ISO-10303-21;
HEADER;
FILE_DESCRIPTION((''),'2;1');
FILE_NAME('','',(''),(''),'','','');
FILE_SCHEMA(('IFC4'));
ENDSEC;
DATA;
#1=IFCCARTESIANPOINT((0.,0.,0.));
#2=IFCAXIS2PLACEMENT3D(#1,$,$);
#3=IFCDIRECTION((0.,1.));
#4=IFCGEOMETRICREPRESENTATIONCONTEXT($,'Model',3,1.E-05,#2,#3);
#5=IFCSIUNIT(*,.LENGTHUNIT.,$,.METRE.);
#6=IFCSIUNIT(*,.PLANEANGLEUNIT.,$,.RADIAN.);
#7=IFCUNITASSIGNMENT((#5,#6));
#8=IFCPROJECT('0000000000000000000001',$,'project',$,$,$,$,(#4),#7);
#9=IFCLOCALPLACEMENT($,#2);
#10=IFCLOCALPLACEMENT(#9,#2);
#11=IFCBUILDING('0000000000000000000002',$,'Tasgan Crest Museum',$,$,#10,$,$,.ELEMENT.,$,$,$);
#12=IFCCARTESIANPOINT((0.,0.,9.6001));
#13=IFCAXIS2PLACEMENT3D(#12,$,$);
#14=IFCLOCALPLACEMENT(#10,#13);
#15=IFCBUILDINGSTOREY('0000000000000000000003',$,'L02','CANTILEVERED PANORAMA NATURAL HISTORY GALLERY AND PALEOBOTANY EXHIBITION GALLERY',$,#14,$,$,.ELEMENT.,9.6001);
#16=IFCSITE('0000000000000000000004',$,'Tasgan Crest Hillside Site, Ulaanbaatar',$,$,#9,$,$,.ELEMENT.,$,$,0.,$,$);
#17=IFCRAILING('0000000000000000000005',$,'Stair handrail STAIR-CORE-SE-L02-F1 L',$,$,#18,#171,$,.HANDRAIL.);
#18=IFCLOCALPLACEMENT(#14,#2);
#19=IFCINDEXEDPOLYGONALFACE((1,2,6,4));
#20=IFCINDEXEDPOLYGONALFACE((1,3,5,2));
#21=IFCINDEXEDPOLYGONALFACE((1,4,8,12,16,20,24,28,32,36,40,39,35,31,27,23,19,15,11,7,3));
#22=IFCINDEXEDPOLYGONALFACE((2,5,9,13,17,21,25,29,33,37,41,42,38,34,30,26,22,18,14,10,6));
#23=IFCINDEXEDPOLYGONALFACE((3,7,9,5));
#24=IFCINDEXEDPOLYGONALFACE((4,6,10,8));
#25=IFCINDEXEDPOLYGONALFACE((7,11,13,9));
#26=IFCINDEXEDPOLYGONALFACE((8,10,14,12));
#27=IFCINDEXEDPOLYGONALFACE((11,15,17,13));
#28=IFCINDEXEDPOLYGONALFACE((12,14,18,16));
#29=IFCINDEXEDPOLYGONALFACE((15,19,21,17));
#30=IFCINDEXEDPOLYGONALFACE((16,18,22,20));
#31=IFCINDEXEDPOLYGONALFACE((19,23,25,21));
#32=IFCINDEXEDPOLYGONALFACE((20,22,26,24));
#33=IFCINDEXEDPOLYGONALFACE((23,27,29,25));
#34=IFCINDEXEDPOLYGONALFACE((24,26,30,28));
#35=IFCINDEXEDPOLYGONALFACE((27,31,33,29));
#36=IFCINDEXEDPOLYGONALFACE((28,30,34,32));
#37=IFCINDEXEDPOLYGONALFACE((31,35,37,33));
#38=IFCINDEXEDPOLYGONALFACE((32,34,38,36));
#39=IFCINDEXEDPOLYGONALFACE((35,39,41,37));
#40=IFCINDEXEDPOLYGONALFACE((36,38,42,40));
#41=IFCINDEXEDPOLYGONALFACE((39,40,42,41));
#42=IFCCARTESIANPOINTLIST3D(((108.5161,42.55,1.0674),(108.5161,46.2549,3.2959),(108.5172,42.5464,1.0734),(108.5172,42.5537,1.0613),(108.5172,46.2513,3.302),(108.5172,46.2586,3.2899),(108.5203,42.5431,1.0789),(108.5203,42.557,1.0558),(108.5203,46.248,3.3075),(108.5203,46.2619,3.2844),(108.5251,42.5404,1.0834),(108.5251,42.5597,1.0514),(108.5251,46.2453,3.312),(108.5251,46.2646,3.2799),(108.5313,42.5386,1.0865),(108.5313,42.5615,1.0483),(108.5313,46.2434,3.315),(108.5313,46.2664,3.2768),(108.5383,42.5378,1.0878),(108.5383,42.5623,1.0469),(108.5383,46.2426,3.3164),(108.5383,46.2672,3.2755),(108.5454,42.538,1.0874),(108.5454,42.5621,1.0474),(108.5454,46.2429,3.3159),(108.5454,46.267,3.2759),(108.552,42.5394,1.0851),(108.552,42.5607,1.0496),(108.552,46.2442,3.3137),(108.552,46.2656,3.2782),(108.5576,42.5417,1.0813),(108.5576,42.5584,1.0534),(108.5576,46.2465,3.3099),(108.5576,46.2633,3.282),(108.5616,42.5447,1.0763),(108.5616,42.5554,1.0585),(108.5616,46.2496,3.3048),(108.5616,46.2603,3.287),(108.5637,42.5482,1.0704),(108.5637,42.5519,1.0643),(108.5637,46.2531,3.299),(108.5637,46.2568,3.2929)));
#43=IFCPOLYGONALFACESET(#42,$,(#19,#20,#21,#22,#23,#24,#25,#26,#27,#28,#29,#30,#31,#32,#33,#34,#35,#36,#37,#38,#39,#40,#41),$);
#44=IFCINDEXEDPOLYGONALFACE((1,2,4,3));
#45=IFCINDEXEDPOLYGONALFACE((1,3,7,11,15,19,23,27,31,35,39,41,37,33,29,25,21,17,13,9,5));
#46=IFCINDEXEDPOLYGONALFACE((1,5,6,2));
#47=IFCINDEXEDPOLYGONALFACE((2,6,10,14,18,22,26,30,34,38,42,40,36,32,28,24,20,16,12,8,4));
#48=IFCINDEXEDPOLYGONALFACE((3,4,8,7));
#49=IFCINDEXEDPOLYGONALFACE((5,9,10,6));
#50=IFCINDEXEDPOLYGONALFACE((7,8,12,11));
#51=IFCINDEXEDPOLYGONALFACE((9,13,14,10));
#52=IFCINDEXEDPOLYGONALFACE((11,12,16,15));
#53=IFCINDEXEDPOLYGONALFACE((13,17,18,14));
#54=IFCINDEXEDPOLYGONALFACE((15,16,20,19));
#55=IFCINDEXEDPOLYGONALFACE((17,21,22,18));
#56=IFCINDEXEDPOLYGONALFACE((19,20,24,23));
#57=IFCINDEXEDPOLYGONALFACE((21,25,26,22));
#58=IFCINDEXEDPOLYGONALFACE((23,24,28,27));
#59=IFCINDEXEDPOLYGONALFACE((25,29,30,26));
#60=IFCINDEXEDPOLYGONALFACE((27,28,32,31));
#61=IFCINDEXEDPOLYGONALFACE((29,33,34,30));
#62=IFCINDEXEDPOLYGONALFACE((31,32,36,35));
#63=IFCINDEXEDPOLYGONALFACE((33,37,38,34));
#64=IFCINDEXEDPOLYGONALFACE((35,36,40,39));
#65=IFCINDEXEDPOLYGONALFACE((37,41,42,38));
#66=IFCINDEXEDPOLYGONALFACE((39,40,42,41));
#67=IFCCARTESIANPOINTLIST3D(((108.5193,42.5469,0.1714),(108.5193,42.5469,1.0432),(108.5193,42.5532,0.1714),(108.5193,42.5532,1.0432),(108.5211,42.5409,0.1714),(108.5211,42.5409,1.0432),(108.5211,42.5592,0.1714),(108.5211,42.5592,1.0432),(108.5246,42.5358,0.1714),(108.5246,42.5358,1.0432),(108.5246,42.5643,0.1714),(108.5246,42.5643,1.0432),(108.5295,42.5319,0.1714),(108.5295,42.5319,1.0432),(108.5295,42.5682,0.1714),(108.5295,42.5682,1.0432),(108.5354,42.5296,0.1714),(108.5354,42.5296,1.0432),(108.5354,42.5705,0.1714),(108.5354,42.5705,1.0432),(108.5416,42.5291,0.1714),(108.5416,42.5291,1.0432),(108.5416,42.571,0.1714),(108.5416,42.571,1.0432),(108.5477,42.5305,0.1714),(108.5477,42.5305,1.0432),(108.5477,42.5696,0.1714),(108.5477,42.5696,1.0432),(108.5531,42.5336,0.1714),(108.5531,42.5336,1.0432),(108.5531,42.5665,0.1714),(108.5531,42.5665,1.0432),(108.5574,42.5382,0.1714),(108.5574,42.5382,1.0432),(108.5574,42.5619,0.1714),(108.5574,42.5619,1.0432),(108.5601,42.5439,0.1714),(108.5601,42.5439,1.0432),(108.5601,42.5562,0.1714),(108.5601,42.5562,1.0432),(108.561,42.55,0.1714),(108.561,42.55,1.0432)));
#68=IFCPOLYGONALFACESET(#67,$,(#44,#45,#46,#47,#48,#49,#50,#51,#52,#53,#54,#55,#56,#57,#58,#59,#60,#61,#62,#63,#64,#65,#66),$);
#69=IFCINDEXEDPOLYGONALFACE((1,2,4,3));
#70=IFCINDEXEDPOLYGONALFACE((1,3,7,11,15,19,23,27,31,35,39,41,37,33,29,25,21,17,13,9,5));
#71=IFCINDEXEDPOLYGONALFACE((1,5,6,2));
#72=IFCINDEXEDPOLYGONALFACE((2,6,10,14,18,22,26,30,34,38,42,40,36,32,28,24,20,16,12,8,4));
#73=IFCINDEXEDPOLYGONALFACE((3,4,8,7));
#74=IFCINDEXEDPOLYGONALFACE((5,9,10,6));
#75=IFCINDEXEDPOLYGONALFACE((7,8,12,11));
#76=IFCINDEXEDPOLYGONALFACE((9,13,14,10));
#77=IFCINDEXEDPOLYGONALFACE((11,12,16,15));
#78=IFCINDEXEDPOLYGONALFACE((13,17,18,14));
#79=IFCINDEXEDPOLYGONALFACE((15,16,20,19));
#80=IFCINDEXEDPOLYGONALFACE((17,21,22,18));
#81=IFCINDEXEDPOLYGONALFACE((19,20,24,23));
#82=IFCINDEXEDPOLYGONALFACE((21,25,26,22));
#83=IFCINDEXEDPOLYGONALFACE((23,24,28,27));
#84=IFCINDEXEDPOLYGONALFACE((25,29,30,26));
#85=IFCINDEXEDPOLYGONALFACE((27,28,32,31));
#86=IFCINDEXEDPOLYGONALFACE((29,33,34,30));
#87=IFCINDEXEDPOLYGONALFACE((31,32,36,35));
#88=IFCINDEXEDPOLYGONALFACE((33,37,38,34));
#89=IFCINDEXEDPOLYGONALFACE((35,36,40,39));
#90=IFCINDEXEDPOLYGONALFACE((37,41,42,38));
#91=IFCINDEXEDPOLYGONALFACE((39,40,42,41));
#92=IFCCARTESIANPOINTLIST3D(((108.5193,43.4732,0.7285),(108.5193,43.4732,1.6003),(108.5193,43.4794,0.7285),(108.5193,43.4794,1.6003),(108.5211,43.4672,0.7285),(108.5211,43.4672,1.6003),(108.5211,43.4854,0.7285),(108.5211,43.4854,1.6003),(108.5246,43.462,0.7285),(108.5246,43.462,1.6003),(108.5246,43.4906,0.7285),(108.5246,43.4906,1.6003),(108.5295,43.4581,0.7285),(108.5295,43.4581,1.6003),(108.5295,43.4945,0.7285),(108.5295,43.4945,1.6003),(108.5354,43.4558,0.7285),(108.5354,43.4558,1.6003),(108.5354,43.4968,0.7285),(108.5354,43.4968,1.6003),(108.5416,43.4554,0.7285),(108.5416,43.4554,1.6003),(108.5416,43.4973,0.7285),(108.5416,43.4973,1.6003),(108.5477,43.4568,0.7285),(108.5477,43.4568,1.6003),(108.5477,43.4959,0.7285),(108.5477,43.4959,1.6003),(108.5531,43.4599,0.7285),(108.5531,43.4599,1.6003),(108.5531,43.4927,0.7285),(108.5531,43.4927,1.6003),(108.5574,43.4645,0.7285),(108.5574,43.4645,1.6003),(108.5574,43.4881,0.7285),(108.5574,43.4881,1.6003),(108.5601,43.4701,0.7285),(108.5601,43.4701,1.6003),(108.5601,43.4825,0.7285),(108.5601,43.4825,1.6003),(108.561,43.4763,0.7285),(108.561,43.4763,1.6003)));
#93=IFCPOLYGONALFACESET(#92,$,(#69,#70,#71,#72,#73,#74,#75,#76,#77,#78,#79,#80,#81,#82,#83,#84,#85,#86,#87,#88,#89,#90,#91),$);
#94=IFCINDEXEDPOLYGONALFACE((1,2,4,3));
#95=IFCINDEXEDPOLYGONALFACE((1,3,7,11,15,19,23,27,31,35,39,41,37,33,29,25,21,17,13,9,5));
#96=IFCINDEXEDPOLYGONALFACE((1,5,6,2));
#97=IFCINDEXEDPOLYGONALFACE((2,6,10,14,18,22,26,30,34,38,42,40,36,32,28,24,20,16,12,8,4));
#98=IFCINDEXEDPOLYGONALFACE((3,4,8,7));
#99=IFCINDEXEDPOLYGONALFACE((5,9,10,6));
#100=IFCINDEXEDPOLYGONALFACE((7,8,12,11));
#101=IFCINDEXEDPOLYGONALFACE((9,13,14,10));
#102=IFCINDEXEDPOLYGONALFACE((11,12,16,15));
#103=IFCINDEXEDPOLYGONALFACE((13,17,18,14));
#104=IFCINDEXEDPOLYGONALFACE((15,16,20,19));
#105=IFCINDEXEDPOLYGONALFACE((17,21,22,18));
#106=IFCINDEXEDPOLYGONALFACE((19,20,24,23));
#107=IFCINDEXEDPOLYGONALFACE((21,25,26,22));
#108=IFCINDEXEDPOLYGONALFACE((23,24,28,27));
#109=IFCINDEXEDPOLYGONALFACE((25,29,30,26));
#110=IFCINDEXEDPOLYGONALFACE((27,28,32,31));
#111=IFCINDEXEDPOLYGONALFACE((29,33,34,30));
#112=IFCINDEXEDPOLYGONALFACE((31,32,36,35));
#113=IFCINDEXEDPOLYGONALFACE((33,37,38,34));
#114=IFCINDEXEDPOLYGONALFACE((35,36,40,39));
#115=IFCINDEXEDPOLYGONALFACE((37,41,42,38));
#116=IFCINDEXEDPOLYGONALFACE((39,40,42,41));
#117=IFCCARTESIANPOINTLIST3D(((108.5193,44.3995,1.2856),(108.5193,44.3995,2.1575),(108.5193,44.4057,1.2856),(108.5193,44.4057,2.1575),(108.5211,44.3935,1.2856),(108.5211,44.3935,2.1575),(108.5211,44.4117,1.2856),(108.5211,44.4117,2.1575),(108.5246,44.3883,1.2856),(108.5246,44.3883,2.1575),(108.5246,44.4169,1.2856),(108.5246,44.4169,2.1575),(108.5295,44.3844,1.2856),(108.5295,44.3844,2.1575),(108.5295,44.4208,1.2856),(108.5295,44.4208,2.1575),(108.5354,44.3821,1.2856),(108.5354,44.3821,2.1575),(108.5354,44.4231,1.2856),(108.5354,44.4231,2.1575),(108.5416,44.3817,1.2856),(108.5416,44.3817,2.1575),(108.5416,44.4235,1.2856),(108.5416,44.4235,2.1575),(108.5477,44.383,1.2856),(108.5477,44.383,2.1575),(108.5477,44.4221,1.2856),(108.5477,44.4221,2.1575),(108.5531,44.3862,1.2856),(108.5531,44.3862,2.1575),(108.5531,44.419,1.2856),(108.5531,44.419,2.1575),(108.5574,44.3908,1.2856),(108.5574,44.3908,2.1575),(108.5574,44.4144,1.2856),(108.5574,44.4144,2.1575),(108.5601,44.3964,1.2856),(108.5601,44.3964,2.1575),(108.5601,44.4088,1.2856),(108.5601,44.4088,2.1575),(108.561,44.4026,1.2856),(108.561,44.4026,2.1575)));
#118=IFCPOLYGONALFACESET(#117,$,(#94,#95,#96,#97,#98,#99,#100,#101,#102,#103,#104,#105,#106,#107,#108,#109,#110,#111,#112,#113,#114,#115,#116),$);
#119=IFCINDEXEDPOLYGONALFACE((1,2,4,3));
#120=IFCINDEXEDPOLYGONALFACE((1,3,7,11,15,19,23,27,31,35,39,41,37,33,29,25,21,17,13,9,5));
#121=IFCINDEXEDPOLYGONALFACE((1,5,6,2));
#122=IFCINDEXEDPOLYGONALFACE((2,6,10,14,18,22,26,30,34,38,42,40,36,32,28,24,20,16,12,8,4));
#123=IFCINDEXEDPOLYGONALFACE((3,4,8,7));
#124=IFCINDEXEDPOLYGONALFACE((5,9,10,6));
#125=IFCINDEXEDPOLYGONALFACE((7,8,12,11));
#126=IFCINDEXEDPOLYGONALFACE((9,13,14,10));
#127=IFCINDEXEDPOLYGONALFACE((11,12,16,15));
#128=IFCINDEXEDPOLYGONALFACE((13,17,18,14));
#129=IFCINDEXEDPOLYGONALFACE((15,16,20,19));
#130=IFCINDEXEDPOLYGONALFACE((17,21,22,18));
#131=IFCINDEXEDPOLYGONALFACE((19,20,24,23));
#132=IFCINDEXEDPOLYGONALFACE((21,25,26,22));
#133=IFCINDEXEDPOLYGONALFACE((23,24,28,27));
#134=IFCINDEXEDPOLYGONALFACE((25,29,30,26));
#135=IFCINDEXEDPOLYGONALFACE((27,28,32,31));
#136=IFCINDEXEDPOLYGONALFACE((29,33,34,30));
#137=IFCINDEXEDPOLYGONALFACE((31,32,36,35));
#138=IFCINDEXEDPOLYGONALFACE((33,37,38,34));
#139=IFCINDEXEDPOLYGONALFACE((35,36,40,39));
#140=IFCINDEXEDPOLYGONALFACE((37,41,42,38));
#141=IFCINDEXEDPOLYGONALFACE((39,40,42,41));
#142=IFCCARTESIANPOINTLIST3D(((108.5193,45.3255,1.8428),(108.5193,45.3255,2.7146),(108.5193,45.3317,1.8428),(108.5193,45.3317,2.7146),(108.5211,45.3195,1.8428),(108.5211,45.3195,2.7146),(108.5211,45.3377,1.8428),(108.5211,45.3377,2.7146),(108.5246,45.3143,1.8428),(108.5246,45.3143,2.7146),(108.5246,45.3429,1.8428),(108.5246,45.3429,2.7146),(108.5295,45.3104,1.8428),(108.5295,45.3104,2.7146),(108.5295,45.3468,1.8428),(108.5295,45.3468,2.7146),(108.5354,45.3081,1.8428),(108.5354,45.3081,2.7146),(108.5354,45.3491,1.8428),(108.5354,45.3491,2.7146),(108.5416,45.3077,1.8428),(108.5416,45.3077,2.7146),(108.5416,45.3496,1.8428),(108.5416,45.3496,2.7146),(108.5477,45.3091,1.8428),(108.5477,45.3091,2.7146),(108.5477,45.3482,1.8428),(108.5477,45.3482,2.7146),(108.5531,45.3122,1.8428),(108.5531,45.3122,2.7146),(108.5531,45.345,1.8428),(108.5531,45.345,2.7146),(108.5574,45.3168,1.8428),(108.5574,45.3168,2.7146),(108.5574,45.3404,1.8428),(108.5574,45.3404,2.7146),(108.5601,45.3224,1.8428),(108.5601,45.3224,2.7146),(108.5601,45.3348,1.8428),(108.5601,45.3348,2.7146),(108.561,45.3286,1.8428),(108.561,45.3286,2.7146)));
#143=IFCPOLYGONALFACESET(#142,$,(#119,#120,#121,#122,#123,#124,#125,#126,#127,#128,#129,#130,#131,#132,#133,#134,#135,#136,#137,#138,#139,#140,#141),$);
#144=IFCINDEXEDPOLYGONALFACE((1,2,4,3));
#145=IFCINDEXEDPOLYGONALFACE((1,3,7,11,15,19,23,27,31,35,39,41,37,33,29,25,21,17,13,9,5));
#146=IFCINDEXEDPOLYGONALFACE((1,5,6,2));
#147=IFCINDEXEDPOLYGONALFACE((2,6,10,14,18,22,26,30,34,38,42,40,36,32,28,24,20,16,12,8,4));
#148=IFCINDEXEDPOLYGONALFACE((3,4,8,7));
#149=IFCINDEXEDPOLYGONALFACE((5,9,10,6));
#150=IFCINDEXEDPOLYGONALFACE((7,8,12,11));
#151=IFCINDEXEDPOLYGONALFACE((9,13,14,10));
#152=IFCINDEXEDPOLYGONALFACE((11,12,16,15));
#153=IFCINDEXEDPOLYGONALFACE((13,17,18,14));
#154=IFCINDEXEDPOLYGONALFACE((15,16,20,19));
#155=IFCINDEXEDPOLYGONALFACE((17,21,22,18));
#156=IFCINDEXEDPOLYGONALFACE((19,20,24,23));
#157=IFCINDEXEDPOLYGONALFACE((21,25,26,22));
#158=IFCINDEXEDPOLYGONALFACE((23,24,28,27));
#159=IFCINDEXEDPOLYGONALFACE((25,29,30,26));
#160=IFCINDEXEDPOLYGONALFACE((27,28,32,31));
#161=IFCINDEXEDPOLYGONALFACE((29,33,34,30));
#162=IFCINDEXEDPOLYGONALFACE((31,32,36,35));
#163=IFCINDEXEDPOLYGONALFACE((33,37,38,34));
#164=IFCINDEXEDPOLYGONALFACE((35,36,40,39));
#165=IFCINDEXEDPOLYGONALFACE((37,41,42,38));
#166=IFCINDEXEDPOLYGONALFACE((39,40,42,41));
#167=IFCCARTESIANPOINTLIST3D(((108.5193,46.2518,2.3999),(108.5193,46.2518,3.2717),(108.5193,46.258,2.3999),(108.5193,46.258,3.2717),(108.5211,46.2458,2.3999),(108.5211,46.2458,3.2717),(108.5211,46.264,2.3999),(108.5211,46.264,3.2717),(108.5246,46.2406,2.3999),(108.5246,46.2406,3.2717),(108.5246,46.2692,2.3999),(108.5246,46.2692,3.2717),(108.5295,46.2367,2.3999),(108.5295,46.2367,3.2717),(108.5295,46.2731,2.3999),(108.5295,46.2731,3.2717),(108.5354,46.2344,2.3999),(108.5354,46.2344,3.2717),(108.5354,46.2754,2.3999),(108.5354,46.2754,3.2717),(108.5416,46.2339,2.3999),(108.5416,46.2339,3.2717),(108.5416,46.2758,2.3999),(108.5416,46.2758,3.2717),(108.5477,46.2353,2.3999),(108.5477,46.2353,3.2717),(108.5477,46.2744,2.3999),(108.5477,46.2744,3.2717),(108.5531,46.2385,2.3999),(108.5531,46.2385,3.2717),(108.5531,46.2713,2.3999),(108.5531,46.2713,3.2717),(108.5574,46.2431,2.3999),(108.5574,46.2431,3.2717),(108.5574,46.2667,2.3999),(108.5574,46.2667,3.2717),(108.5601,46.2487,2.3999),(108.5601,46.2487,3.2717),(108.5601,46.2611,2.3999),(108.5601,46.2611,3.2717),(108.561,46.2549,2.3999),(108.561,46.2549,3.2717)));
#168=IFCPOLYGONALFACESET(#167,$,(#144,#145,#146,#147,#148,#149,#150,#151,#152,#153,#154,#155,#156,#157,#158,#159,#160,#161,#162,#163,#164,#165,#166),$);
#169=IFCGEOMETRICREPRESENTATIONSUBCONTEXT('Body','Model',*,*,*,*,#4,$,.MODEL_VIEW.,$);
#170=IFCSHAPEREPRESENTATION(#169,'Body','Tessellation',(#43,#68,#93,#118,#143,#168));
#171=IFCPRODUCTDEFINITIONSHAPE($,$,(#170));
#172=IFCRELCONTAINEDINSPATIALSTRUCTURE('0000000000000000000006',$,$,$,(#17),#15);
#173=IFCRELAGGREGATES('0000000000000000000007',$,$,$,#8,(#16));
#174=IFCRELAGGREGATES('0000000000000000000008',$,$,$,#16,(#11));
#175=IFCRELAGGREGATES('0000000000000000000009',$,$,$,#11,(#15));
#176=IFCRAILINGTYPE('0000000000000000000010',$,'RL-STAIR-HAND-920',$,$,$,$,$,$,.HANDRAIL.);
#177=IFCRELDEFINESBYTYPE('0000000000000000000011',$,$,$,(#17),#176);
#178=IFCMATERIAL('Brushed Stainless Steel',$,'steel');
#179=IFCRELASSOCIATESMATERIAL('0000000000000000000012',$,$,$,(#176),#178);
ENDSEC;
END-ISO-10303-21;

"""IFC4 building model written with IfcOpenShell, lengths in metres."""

from ifc_helpers import new_model, si_unit, direction, frame, origin, origin_2d, place, context, subcontext, project, spatial, circle, extrude, material, type_object, element, save


model = new_model("IFC4")

# Units and contexts
model_context = context("Model", 3, precision=1e-05, world=origin(), true_north=direction((0.0, 1.0)))
body_context = subcontext(model_context, "Body", "Model", "MODEL_VIEW")
ifc_project = project(units=[si_unit("LENGTHUNIT", "METRE"), si_unit("PLANEANGLEUNIT", "RADIAN")], contexts=[model_context])

# Site, building, storey
site_placement = place(None, origin())
site = spatial("IfcSite", under=ifc_project, at=site_placement, Name="Tasgan Crest Hillside Site, Ulaanbaatar", CompositionType="ELEMENT", RefElevation=0.0)
building_placement = place(site_placement, origin())
building = spatial("IfcBuilding", under=site, at=building_placement, Name="Tasgan Crest Museum", CompositionType="ELEMENT")
storey_placement = place(building_placement, frame((0.0, 0.0, 9.6001)))
storey = spatial("IfcBuildingStorey", under=building, at=storey_placement, Name="L02", Description="CANTILEVERED PANORAMA NATURAL HISTORY GALLERY AND PALEOBOTANY EXHIBITION GALLERY", CompositionType="ELEMENT", Elevation=9.6001)

# Railing
ifc_material_1 = material(Name="Brushed Stainless Steel", Category="steel")
railing_type_1 = type_object("IfcRailingType", Name="RL-STAIR-HAND-920", PredefinedType="HANDRAIL", material=ifc_material_1)
railing_1_placement = place(storey_placement, frame((108.54, 42.55, 0.1714)))
element("IfcRailing", 1, at=railing_1_placement, inside=storey, type_object=railing_type_1, Name="Stair handrail STAIR-CORE-SE-L02-F1 L", PredefinedType="HANDRAIL", context=body_context, shape_type="SweptSolid", body=[
    extrude(circle(Radius=0.0239, at=origin_2d()), frame((0.0, 0.0, 0.896), z_axis=(0.0, 0.856919, 0.51545), x_axis=(-1.0, 0.0, 0.0)), (0.0, 0.0, 1.0), 4.3235),
    extrude(circle(Radius=0.021, at=origin_2d()), origin(), (0.0, 0.0, 1.0), 0.8718),
    extrude(circle(Radius=0.021, at=origin_2d()), frame((0.0, 0.9263, 0.5571)), (0.0, 0.0, 1.0), 0.8718),
    extrude(circle(Radius=0.021, at=origin_2d()), frame((0.0, 1.8525, 1.1143)), (0.0, 0.0, 1.0), 0.8718),
    extrude(circle(Radius=0.021, at=origin_2d()), frame((0.0, 2.7786, 1.6714)), (0.0, 0.0, 1.0), 0.8718),
    extrude(circle(Radius=0.021, at=origin_2d()), frame((0.0, 3.7048, 2.2285)), (0.0, 0.0, 1.0), 0.8718),
])

save(model, "model.ifc")
